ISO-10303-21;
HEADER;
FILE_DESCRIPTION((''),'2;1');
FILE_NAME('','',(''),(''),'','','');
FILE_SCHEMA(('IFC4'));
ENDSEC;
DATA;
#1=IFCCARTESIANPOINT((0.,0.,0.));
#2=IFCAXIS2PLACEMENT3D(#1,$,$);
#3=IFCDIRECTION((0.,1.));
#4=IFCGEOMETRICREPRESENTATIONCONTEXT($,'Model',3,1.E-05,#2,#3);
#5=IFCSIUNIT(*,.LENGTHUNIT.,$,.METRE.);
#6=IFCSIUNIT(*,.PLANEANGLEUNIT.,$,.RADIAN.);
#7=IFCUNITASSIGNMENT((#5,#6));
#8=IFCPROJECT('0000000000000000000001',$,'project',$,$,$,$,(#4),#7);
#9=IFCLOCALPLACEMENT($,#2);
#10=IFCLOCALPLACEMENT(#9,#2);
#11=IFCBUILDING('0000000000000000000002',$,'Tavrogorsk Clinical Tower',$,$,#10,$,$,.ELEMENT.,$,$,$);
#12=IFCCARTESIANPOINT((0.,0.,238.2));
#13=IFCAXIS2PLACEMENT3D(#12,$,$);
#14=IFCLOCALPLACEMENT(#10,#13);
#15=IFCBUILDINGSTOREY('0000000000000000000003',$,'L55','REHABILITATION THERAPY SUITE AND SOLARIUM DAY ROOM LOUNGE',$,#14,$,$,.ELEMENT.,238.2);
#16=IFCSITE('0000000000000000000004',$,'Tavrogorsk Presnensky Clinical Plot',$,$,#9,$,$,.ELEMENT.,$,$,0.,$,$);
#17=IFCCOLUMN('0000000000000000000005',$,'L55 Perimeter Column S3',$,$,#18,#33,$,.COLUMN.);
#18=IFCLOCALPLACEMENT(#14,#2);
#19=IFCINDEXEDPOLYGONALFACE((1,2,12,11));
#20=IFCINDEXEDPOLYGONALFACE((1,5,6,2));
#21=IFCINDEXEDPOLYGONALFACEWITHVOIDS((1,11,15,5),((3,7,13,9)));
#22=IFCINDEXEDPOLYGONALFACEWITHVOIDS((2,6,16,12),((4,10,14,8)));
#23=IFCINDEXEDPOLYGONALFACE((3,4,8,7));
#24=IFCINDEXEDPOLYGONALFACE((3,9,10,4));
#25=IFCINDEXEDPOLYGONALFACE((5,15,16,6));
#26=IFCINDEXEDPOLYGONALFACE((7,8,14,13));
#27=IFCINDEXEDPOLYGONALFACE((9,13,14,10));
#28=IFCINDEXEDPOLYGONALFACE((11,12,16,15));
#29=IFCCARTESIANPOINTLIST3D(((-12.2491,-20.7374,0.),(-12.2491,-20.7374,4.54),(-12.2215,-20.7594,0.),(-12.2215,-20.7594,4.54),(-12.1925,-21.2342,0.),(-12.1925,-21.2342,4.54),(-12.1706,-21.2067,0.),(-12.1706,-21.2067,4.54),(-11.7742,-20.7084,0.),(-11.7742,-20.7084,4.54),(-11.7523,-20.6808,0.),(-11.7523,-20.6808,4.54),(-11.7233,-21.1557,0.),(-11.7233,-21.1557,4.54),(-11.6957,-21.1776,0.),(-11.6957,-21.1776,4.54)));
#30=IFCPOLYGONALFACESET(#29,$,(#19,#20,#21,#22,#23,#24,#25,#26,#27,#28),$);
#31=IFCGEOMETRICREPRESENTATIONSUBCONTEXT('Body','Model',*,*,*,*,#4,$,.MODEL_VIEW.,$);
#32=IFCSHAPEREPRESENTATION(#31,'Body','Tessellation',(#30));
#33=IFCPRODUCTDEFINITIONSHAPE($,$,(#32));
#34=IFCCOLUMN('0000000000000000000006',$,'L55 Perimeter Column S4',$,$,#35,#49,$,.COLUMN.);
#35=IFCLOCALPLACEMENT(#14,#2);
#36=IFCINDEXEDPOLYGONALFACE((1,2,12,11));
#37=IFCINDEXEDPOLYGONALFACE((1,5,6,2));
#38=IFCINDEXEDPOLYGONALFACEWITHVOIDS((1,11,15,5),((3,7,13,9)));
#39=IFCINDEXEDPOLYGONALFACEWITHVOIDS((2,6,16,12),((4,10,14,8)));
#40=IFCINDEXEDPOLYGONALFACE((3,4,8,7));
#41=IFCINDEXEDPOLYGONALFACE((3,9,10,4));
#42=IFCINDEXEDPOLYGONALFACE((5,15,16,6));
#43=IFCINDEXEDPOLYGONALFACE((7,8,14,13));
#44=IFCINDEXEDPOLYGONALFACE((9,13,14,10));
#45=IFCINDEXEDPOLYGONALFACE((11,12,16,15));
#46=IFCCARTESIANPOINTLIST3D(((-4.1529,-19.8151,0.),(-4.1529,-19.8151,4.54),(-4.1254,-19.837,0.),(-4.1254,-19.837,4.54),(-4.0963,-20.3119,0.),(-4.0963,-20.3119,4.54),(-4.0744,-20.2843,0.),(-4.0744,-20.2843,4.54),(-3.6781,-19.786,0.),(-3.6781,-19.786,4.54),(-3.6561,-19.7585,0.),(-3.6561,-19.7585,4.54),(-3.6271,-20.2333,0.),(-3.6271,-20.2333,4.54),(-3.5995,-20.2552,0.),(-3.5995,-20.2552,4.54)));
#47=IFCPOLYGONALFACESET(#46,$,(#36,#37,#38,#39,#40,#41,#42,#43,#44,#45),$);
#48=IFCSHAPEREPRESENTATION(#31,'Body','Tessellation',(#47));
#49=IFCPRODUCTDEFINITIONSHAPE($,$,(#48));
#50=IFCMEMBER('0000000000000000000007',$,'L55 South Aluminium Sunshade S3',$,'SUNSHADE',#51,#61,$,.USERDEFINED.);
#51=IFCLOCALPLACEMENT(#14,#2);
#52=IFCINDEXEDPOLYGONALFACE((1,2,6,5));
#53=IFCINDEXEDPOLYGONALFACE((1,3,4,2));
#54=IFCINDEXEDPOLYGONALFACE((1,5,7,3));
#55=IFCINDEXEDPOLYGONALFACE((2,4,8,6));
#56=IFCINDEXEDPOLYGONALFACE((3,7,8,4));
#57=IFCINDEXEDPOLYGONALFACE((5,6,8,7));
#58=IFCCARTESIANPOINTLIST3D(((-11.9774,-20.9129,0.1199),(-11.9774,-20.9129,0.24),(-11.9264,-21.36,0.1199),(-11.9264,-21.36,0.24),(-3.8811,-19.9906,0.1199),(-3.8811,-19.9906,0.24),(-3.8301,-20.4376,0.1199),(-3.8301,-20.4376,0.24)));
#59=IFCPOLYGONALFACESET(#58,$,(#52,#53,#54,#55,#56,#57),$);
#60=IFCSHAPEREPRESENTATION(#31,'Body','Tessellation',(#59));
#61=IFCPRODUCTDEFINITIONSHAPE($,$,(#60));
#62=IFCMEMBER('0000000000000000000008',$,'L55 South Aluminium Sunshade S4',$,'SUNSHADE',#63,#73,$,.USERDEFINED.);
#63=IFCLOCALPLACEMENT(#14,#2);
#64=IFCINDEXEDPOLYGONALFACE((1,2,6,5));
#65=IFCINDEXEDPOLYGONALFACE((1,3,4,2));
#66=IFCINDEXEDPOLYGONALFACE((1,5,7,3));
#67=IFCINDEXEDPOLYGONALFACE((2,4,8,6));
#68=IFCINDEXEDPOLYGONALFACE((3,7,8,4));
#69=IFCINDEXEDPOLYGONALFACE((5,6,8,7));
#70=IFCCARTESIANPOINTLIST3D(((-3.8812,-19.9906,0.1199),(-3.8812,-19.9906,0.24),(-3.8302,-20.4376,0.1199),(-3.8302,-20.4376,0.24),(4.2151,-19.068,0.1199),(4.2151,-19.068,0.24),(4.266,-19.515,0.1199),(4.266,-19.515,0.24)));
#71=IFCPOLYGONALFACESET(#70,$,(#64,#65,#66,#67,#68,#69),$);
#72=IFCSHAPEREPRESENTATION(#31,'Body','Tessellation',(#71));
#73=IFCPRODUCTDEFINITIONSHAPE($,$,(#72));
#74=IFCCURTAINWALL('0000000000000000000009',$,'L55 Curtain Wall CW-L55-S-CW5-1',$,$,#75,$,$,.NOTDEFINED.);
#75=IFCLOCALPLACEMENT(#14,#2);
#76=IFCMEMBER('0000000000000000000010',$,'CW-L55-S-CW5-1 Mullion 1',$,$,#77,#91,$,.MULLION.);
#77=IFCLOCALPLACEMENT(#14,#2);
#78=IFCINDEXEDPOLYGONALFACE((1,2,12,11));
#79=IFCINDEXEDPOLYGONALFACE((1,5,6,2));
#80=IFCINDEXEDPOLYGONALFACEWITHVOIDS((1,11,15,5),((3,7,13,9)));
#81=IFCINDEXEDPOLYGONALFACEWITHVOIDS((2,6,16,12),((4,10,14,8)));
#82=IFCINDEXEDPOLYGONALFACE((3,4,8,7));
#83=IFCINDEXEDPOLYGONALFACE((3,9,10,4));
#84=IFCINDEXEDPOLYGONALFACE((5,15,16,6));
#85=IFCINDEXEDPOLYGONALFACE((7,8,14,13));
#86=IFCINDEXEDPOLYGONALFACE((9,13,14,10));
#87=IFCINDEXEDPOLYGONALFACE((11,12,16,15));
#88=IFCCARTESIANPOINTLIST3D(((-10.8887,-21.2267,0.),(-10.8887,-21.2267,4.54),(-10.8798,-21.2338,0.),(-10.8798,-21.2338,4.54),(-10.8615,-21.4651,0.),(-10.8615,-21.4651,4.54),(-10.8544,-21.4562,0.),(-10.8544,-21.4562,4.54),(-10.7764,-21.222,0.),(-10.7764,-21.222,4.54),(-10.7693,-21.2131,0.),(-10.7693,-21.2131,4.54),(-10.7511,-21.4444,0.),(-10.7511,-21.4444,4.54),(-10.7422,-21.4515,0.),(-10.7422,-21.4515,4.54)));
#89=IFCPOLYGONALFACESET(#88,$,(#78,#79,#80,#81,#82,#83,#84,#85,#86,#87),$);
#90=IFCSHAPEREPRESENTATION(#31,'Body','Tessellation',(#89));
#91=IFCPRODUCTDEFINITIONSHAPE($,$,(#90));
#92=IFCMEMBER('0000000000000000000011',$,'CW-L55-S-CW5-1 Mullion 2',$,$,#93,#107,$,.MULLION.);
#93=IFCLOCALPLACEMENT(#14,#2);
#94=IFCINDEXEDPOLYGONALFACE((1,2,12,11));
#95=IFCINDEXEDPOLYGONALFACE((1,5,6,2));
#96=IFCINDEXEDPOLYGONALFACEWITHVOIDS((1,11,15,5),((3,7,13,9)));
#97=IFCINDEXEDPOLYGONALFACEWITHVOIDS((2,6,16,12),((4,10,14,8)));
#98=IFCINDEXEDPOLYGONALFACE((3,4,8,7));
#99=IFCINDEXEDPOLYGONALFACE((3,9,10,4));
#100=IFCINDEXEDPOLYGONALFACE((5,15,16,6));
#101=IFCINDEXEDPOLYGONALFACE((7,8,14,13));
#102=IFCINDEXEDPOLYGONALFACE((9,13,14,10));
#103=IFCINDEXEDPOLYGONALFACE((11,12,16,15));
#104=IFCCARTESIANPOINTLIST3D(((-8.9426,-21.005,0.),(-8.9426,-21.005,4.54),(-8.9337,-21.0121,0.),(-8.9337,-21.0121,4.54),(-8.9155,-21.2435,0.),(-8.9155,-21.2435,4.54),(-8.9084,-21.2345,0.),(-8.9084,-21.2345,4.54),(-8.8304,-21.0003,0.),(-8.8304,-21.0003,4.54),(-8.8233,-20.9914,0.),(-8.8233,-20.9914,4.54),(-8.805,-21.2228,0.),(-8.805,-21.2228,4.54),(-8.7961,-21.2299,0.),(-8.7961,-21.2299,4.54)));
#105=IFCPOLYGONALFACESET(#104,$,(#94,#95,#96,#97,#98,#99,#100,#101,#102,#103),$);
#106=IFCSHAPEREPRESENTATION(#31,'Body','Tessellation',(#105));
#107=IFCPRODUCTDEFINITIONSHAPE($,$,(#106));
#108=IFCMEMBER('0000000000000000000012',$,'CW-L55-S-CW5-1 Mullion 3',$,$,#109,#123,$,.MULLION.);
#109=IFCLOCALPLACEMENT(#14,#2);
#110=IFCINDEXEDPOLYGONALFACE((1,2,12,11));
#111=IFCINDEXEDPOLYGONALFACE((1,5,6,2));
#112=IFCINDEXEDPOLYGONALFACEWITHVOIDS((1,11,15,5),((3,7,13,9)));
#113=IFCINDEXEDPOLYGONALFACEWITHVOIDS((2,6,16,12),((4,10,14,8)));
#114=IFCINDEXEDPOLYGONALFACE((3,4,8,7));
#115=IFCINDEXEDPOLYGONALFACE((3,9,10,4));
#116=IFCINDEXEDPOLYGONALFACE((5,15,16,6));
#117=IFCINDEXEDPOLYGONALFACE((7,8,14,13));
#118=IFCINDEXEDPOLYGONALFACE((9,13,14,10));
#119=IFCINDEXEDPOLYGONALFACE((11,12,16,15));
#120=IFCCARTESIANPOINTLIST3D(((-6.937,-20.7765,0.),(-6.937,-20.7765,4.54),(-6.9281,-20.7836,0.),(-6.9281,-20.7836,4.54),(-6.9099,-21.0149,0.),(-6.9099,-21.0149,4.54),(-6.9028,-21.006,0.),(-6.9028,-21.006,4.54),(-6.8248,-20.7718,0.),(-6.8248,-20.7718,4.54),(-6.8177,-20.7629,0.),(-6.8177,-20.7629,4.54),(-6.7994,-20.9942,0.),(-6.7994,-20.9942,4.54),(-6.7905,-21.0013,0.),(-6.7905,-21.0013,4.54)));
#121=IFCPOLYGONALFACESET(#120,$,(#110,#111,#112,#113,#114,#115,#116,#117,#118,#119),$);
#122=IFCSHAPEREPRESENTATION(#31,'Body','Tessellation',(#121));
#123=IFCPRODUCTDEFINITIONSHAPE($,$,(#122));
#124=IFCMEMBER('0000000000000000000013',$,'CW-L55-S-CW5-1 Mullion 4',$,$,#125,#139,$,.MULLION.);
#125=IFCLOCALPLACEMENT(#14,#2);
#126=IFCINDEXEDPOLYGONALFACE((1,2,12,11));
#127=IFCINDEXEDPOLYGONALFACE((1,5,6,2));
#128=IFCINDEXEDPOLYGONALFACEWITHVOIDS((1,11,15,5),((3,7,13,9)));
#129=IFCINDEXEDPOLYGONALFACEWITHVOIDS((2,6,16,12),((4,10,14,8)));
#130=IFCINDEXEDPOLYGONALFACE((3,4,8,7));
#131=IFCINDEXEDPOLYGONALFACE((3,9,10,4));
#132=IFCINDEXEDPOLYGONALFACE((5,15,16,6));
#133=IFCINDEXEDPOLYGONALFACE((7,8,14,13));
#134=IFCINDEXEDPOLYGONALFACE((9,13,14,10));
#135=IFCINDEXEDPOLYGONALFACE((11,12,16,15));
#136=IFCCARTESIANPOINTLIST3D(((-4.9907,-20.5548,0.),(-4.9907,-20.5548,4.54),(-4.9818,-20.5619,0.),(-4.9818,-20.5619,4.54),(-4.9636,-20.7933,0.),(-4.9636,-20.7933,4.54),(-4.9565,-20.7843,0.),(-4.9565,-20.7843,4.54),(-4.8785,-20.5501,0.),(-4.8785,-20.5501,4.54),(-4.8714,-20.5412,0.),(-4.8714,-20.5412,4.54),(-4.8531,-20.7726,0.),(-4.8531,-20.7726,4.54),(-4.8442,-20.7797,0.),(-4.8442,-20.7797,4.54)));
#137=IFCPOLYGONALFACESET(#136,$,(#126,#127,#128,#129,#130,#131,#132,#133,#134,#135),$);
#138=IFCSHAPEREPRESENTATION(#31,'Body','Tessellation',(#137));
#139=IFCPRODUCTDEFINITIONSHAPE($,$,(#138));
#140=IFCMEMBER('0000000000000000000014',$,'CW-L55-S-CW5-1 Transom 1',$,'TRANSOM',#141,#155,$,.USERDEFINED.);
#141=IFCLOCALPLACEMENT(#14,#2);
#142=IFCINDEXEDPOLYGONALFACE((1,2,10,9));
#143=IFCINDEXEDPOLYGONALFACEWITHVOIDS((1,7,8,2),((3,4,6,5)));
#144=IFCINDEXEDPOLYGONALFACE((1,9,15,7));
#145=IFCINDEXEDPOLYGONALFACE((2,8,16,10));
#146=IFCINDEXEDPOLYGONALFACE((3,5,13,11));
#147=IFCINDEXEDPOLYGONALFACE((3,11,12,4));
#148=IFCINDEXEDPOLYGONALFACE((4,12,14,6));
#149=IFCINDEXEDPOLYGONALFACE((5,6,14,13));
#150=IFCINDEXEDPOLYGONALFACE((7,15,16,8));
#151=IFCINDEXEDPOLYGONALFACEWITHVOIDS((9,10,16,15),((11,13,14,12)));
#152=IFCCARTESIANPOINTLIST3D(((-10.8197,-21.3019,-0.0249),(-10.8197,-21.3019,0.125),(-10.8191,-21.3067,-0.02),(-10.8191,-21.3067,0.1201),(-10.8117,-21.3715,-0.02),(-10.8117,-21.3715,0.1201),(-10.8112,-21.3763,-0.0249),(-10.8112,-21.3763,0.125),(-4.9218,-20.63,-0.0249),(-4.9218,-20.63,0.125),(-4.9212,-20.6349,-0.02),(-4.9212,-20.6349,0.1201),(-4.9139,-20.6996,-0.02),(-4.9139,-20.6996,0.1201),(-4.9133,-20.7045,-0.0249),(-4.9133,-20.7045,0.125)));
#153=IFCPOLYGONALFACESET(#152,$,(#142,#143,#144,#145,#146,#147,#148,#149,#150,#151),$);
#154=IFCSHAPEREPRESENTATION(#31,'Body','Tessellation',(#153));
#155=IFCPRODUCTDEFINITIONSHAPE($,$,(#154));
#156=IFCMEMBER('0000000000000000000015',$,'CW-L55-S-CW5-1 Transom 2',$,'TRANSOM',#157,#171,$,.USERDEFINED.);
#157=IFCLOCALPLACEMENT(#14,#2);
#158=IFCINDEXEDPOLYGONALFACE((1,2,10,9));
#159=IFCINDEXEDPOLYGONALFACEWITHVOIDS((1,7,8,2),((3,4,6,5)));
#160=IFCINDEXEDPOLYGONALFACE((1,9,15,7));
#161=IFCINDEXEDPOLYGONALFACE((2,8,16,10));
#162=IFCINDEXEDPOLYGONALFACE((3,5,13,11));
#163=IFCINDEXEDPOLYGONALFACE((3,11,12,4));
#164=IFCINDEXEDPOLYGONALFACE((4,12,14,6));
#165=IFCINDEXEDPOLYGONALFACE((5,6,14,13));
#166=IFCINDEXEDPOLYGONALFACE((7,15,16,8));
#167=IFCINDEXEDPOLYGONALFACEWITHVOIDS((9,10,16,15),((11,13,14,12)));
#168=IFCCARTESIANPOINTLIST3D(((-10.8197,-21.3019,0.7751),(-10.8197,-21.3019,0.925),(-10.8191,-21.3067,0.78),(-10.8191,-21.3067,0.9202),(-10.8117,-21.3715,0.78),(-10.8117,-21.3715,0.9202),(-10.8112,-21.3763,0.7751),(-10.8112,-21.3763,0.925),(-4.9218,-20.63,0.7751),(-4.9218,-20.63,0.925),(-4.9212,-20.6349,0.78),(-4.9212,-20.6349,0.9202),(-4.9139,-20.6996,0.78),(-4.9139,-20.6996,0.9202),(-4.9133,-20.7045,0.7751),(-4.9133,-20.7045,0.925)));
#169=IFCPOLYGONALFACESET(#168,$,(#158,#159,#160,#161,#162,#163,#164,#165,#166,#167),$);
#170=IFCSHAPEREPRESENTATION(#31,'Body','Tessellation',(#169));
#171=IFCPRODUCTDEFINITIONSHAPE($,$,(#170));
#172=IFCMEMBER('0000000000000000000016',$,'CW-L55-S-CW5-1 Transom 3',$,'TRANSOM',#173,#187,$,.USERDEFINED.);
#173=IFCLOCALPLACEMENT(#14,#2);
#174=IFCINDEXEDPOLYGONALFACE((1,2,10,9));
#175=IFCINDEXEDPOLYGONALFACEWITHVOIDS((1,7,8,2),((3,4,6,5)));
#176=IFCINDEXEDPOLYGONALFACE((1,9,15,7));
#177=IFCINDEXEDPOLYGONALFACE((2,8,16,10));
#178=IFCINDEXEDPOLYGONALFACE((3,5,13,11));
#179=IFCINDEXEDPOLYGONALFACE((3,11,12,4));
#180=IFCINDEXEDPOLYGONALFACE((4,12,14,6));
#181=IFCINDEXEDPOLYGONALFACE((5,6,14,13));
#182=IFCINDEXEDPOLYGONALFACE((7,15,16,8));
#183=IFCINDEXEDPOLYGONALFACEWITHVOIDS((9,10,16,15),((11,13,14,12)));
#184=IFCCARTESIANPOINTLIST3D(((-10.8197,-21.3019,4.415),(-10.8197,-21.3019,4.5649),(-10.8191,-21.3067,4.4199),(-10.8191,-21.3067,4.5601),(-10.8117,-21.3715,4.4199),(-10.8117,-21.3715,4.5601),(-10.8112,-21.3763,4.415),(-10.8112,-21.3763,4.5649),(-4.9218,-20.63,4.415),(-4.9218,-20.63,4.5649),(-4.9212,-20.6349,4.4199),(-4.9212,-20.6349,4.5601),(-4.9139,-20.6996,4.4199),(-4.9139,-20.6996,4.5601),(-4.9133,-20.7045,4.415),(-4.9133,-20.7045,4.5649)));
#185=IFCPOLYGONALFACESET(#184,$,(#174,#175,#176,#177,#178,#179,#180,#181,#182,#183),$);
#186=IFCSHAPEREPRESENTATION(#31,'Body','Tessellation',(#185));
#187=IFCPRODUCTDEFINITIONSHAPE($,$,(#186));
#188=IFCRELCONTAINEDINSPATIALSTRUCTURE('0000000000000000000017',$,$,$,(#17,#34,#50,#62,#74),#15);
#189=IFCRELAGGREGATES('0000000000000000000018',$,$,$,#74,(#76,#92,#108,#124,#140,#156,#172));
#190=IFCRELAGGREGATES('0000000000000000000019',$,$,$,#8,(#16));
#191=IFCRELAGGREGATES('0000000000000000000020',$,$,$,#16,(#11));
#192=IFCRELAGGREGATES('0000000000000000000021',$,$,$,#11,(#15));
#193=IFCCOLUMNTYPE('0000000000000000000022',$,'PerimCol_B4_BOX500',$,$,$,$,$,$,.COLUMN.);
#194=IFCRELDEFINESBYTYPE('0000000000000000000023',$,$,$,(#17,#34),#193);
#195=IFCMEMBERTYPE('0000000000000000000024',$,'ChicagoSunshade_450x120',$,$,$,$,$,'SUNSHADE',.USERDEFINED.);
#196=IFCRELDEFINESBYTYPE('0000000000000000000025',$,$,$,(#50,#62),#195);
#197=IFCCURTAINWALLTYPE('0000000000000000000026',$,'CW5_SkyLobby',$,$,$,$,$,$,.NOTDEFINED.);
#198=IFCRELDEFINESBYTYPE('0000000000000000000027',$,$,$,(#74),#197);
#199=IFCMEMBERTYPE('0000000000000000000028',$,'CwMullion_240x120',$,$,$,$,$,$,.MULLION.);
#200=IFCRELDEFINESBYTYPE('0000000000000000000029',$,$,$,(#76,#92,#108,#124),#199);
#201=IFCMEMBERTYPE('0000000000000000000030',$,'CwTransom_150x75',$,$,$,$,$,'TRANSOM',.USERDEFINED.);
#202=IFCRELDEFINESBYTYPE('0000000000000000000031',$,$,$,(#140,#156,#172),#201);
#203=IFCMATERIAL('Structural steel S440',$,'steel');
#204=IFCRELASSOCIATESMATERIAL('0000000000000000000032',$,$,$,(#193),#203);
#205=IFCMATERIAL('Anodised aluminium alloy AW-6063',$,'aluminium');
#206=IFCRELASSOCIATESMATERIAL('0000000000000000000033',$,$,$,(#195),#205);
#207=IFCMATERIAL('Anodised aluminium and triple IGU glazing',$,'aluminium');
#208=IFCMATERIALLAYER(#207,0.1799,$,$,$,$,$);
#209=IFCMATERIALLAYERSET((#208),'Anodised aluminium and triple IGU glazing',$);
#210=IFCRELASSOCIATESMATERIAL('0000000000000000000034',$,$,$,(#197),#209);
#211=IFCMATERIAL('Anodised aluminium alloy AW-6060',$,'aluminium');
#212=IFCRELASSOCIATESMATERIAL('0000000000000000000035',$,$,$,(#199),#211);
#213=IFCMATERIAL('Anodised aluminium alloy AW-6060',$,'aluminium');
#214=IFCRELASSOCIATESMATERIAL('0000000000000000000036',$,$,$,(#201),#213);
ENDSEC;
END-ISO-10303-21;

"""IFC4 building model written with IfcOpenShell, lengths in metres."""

from ifc_helpers import new_model, si_unit, direction, frame, origin, origin_2d, place, context, subcontext, project, spatial, rectangle, hollow_rectangle, extrude, material, layer, layer_set, material_profile, profile_set, type_object, element, aggregate, save


model = new_model("IFC4")

# Units and contexts
model_context = context("Model", 3, precision=1e-05, world=origin(), true_north=direction((0.0, 1.0)))
body_context = subcontext(model_context, "Body", "Model", "MODEL_VIEW")
ifc_project = project(units=[si_unit("LENGTHUNIT", "METRE"), si_unit("PLANEANGLEUNIT", "RADIAN")], contexts=[model_context])

# Site, building, storey
site_placement = place(None, origin())
site = spatial("IfcSite", under=ifc_project, at=site_placement, Name="Tavrogorsk Presnensky Clinical Plot", CompositionType="ELEMENT", RefElevation=0.0)
building_placement = place(site_placement, origin())
building = spatial("IfcBuilding", under=site, at=building_placement, Name="Tavrogorsk Clinical Tower", CompositionType="ELEMENT")
storey_placement = place(building_placement, frame((0.0, 0.0, 238.2)))
storey = spatial("IfcBuildingStorey", under=building, at=storey_placement, Name="L55", Description="REHABILITATION THERAPY SUITE AND SOLARIUM DAY ROOM LOUNGE", CompositionType="ELEMENT", Elevation=238.2)

# Columns
ifc_material_1 = material(Name="Structural steel S440", Category="steel")
ifc_material_profile_1 = material_profile(ifc_material_1, hollow_rectangle(XDim=0.5, YDim=0.5, WallThickness=0.0249, at=origin_2d()), Name="BOX-500x500x25")
ifc_profile_set_1 = profile_set([ifc_material_profile_1], Name="Structural steel S440")
column_type = type_object("IfcColumnType", Name="PerimCol_B4_BOX500", PredefinedType="COLUMN", material=ifc_profile_set_1)
for number, where, z_axis, x_axis, name in (
    (1, (-11.9724, -20.9575, 0.0), (0.0, 0.0, 1.0), (0.993572, 0.113203, 0.0), "L55 Perimeter Column S3"),
    (2, (-3.8762, -20.0352, 0.0), (0.0, 0.0, 1.0), (0.993572, 0.113203, 0.0), "L55 Perimeter Column S4"),
):
    element("IfcColumn", number, at=place(storey_placement, frame(where, z_axis=z_axis, x_axis=x_axis)), inside=storey, type_object=column_type, Name=name, PredefinedType="COLUMN", context=body_context, shape_type="SweptSolid", body=[
        extrude(hollow_rectangle(XDim=0.5, YDim=0.5, WallThickness=0.0249, at=origin_2d()), origin(), (0.0, 0.0, 1.0), 4.54),
    ])

# Members
ifc_material_2 = material(Name="Anodised aluminium alloy AW-6063", Category="aluminium")
ifc_material_profile_2 = material_profile(ifc_material_2, rectangle(XDim=0.45, YDim=0.1201, at=origin_2d()), Name="ALU-SUNSHADE-450x120")
ifc_profile_set_2 = profile_set([ifc_material_profile_2], Name="Anodised aluminium alloy AW-6063")
member_type_1 = type_object("IfcMemberType", Name="ChicagoSunshade_450x120", ElementType="SUNSHADE", PredefinedType="USERDEFINED", material=ifc_profile_set_2)
for number, where, z_axis, x_axis, name in (
    (3, (-11.9519, -21.1365, 0.1799), (0.993573, 0.113193, 0.0), (-0.113193, 0.993573, 0.0), "L55 South Aluminium Sunshade S3"),
    (4, (-3.8557, -20.2141, 0.1799), (0.99357, 0.113223, 0.0), (-0.113223, 0.99357, 0.0), "L55 South Aluminium Sunshade S4"),
):
    element("IfcMember", number, at=place(storey_placement, frame(where, z_axis=z_axis, x_axis=x_axis)), inside=storey, type_object=member_type_1, Name=name, ObjectType="SUNSHADE", PredefinedType="USERDEFINED", context=body_context, shape_type="SweptSolid", body=[
        extrude(rectangle(XDim=0.45, YDim=0.1201, at=origin_2d()), origin(), (0.0, 0.0, 1.0), 8.1487),
    ])

# Curtain wall, members
ifc_material_3 = material(Name="Anodised aluminium and triple IGU glazing", Category="aluminium")
ifc_layer_1 = layer(ifc_material_3, 0.1799)
ifc_layer_set_1 = layer_set([ifc_layer_1], Name="Anodised aluminium and triple IGU glazing")
curtain_wall_type = type_object("IfcCurtainWallType", Name="CW5_SkyLobby", PredefinedType="NOTDEFINED", material=ifc_layer_set_1)
curtain_wall_placement = place(storey_placement, origin())
curtain_wall = element("IfcCurtainWall", 5, at=curtain_wall_placement, inside=storey, type_object=curtain_wall_type, Name="L55 Curtain Wall CW-L55-S-CW5-1", PredefinedType="NOTDEFINED")
ifc_material_4 = material(Name="Anodised aluminium alloy AW-6060", Category="aluminium")
ifc_material_profile_3 = material_profile(ifc_material_4, hollow_rectangle(XDim=0.1201, YDim=0.24, WallThickness=0.0081, at=origin_2d()), Name="RHS-240x120x8")
ifc_profile_set_3 = profile_set([ifc_material_profile_3], Name="Anodised aluminium alloy AW-6060")
member_type_2 = type_object("IfcMemberType", Name="CwMullion_240x120", PredefinedType="MULLION", material=ifc_profile_set_3)
member_1_placement = place(storey_placement, frame((-10.8154, -21.3391, 0.0), z_axis=(0.0, 0.0, 1.0), x_axis=(0.993572, 0.113203, 0.0)))
member_1 = element("IfcMember", 6, at=member_1_placement, type_object=member_type_2, Name="CW-L55-S-CW5-1 Mullion 1", PredefinedType="MULLION", context=body_context, shape_type="SweptSolid", body=[
    extrude(hollow_rectangle(XDim=0.1201, YDim=0.24, WallThickness=0.0081, at=origin_2d()), origin(), (0.0, 0.0, 1.0), 4.54),
])
member_2_placement = place(storey_placement, frame((-8.8694, -21.1174, 0.0), z_axis=(0.0, 0.0, 1.0), x_axis=(0.993572, 0.113203, 0.0)))
member_2 = element("IfcMember", 7, at=member_2_placement, type_object=member_type_2, Name="CW-L55-S-CW5-1 Mullion 2", PredefinedType="MULLION", context=body_context, shape_type="SweptSolid", body=[
    extrude(hollow_rectangle(XDim=0.1201, YDim=0.24, WallThickness=0.0081, at=origin_2d()), origin(), (0.0, 0.0, 1.0), 4.54),
])
member_3_placement = place(storey_placement, frame((-6.8638, -20.8889, 0.0), z_axis=(0.0, 0.0, 1.0), x_axis=(0.993572, 0.113203, 0.0)))
member_3 = element("IfcMember", 8, at=member_3_placement, type_object=member_type_2, Name="CW-L55-S-CW5-1 Mullion 3", PredefinedType="MULLION", context=body_context, shape_type="SweptSolid", body=[
    extrude(hollow_rectangle(XDim=0.1201, YDim=0.24, WallThickness=0.0081, at=origin_2d()), origin(), (0.0, 0.0, 1.0), 4.54),
])
member_4_placement = place(storey_placement, frame((-4.9175, -20.6672, 0.0), z_axis=(0.0, 0.0, 1.0), x_axis=(0.993572, 0.113203, 0.0)))
member_4 = element("IfcMember", 9, at=member_4_placement, type_object=member_type_2, Name="CW-L55-S-CW5-1 Mullion 4", PredefinedType="MULLION", context=body_context, shape_type="SweptSolid", body=[
    extrude(hollow_rectangle(XDim=0.1201, YDim=0.24, WallThickness=0.0081, at=origin_2d()), origin(), (0.0, 0.0, 1.0), 4.54),
])
ifc_material_5 = material(Name="Anodised aluminium alloy AW-6060", Category="aluminium")
ifc_material_profile_4 = material_profile(ifc_material_5, hollow_rectangle(XDim=0.075, YDim=0.1499, WallThickness=0.0049, at=origin_2d()), Name="RHS-150x75x5")
ifc_profile_set_4 = profile_set([ifc_material_profile_4], Name="Anodised aluminium alloy AW-6060")
member_type_3 = type_object("IfcMemberType", Name="CwTransom_150x75", ElementType="TRANSOM", PredefinedType="USERDEFINED", material=ifc_profile_set_4)
member_5_placement = place(storey_placement, frame((-10.8154, -21.3391, 0.05), z_axis=(0.993574, 0.113185, 0.0), x_axis=(-0.113185, 0.993574, 0.0)))
member_5 = element("IfcMember", 10, at=member_5_placement, type_object=member_type_3, Name="CW-L55-S-CW5-1 Transom 1", ObjectType="TRANSOM", PredefinedType="USERDEFINED", context=body_context, shape_type="SweptSolid", body=[
    extrude(hollow_rectangle(XDim=0.075, YDim=0.1499, WallThickness=0.0049, at=origin_2d()), origin(), (0.0, 0.0, 1.0), 5.936),
])
member_6_placement = place(storey_placement, frame((-10.8154, -21.3391, 0.8501), z_axis=(0.993574, 0.113185, 0.0), x_axis=(-0.113185, 0.993574, 0.0)))
member_6 = element("IfcMember", 11, at=member_6_placement, type_object=member_type_3, Name="CW-L55-S-CW5-1 Transom 2", ObjectType="TRANSOM", PredefinedType="USERDEFINED", context=body_context, shape_type="SweptSolid", body=[
    extrude(hollow_rectangle(XDim=0.075, YDim=0.1499, WallThickness=0.0049, at=origin_2d()), origin(), (0.0, 0.0, 1.0), 5.936),
])
member_7_placement = place(storey_placement, frame((-10.8154, -21.3391, 4.49), z_axis=(0.993574, 0.113185, 0.0), x_axis=(-0.113185, 0.993574, 0.0)))
member_7 = element("IfcMember", 12, at=member_7_placement, type_object=member_type_3, Name="CW-L55-S-CW5-1 Transom 3", ObjectType="TRANSOM", PredefinedType="USERDEFINED", context=body_context, shape_type="SweptSolid", body=[
    extrude(hollow_rectangle(XDim=0.075, YDim=0.1499, WallThickness=0.0049, at=origin_2d()), origin(), (0.0, 0.0, 1.0), 5.936),
])

aggregate(curtain_wall, [member_1, member_2, member_3, member_4, member_5, member_6, member_7])

save(model, "model.ifc")
